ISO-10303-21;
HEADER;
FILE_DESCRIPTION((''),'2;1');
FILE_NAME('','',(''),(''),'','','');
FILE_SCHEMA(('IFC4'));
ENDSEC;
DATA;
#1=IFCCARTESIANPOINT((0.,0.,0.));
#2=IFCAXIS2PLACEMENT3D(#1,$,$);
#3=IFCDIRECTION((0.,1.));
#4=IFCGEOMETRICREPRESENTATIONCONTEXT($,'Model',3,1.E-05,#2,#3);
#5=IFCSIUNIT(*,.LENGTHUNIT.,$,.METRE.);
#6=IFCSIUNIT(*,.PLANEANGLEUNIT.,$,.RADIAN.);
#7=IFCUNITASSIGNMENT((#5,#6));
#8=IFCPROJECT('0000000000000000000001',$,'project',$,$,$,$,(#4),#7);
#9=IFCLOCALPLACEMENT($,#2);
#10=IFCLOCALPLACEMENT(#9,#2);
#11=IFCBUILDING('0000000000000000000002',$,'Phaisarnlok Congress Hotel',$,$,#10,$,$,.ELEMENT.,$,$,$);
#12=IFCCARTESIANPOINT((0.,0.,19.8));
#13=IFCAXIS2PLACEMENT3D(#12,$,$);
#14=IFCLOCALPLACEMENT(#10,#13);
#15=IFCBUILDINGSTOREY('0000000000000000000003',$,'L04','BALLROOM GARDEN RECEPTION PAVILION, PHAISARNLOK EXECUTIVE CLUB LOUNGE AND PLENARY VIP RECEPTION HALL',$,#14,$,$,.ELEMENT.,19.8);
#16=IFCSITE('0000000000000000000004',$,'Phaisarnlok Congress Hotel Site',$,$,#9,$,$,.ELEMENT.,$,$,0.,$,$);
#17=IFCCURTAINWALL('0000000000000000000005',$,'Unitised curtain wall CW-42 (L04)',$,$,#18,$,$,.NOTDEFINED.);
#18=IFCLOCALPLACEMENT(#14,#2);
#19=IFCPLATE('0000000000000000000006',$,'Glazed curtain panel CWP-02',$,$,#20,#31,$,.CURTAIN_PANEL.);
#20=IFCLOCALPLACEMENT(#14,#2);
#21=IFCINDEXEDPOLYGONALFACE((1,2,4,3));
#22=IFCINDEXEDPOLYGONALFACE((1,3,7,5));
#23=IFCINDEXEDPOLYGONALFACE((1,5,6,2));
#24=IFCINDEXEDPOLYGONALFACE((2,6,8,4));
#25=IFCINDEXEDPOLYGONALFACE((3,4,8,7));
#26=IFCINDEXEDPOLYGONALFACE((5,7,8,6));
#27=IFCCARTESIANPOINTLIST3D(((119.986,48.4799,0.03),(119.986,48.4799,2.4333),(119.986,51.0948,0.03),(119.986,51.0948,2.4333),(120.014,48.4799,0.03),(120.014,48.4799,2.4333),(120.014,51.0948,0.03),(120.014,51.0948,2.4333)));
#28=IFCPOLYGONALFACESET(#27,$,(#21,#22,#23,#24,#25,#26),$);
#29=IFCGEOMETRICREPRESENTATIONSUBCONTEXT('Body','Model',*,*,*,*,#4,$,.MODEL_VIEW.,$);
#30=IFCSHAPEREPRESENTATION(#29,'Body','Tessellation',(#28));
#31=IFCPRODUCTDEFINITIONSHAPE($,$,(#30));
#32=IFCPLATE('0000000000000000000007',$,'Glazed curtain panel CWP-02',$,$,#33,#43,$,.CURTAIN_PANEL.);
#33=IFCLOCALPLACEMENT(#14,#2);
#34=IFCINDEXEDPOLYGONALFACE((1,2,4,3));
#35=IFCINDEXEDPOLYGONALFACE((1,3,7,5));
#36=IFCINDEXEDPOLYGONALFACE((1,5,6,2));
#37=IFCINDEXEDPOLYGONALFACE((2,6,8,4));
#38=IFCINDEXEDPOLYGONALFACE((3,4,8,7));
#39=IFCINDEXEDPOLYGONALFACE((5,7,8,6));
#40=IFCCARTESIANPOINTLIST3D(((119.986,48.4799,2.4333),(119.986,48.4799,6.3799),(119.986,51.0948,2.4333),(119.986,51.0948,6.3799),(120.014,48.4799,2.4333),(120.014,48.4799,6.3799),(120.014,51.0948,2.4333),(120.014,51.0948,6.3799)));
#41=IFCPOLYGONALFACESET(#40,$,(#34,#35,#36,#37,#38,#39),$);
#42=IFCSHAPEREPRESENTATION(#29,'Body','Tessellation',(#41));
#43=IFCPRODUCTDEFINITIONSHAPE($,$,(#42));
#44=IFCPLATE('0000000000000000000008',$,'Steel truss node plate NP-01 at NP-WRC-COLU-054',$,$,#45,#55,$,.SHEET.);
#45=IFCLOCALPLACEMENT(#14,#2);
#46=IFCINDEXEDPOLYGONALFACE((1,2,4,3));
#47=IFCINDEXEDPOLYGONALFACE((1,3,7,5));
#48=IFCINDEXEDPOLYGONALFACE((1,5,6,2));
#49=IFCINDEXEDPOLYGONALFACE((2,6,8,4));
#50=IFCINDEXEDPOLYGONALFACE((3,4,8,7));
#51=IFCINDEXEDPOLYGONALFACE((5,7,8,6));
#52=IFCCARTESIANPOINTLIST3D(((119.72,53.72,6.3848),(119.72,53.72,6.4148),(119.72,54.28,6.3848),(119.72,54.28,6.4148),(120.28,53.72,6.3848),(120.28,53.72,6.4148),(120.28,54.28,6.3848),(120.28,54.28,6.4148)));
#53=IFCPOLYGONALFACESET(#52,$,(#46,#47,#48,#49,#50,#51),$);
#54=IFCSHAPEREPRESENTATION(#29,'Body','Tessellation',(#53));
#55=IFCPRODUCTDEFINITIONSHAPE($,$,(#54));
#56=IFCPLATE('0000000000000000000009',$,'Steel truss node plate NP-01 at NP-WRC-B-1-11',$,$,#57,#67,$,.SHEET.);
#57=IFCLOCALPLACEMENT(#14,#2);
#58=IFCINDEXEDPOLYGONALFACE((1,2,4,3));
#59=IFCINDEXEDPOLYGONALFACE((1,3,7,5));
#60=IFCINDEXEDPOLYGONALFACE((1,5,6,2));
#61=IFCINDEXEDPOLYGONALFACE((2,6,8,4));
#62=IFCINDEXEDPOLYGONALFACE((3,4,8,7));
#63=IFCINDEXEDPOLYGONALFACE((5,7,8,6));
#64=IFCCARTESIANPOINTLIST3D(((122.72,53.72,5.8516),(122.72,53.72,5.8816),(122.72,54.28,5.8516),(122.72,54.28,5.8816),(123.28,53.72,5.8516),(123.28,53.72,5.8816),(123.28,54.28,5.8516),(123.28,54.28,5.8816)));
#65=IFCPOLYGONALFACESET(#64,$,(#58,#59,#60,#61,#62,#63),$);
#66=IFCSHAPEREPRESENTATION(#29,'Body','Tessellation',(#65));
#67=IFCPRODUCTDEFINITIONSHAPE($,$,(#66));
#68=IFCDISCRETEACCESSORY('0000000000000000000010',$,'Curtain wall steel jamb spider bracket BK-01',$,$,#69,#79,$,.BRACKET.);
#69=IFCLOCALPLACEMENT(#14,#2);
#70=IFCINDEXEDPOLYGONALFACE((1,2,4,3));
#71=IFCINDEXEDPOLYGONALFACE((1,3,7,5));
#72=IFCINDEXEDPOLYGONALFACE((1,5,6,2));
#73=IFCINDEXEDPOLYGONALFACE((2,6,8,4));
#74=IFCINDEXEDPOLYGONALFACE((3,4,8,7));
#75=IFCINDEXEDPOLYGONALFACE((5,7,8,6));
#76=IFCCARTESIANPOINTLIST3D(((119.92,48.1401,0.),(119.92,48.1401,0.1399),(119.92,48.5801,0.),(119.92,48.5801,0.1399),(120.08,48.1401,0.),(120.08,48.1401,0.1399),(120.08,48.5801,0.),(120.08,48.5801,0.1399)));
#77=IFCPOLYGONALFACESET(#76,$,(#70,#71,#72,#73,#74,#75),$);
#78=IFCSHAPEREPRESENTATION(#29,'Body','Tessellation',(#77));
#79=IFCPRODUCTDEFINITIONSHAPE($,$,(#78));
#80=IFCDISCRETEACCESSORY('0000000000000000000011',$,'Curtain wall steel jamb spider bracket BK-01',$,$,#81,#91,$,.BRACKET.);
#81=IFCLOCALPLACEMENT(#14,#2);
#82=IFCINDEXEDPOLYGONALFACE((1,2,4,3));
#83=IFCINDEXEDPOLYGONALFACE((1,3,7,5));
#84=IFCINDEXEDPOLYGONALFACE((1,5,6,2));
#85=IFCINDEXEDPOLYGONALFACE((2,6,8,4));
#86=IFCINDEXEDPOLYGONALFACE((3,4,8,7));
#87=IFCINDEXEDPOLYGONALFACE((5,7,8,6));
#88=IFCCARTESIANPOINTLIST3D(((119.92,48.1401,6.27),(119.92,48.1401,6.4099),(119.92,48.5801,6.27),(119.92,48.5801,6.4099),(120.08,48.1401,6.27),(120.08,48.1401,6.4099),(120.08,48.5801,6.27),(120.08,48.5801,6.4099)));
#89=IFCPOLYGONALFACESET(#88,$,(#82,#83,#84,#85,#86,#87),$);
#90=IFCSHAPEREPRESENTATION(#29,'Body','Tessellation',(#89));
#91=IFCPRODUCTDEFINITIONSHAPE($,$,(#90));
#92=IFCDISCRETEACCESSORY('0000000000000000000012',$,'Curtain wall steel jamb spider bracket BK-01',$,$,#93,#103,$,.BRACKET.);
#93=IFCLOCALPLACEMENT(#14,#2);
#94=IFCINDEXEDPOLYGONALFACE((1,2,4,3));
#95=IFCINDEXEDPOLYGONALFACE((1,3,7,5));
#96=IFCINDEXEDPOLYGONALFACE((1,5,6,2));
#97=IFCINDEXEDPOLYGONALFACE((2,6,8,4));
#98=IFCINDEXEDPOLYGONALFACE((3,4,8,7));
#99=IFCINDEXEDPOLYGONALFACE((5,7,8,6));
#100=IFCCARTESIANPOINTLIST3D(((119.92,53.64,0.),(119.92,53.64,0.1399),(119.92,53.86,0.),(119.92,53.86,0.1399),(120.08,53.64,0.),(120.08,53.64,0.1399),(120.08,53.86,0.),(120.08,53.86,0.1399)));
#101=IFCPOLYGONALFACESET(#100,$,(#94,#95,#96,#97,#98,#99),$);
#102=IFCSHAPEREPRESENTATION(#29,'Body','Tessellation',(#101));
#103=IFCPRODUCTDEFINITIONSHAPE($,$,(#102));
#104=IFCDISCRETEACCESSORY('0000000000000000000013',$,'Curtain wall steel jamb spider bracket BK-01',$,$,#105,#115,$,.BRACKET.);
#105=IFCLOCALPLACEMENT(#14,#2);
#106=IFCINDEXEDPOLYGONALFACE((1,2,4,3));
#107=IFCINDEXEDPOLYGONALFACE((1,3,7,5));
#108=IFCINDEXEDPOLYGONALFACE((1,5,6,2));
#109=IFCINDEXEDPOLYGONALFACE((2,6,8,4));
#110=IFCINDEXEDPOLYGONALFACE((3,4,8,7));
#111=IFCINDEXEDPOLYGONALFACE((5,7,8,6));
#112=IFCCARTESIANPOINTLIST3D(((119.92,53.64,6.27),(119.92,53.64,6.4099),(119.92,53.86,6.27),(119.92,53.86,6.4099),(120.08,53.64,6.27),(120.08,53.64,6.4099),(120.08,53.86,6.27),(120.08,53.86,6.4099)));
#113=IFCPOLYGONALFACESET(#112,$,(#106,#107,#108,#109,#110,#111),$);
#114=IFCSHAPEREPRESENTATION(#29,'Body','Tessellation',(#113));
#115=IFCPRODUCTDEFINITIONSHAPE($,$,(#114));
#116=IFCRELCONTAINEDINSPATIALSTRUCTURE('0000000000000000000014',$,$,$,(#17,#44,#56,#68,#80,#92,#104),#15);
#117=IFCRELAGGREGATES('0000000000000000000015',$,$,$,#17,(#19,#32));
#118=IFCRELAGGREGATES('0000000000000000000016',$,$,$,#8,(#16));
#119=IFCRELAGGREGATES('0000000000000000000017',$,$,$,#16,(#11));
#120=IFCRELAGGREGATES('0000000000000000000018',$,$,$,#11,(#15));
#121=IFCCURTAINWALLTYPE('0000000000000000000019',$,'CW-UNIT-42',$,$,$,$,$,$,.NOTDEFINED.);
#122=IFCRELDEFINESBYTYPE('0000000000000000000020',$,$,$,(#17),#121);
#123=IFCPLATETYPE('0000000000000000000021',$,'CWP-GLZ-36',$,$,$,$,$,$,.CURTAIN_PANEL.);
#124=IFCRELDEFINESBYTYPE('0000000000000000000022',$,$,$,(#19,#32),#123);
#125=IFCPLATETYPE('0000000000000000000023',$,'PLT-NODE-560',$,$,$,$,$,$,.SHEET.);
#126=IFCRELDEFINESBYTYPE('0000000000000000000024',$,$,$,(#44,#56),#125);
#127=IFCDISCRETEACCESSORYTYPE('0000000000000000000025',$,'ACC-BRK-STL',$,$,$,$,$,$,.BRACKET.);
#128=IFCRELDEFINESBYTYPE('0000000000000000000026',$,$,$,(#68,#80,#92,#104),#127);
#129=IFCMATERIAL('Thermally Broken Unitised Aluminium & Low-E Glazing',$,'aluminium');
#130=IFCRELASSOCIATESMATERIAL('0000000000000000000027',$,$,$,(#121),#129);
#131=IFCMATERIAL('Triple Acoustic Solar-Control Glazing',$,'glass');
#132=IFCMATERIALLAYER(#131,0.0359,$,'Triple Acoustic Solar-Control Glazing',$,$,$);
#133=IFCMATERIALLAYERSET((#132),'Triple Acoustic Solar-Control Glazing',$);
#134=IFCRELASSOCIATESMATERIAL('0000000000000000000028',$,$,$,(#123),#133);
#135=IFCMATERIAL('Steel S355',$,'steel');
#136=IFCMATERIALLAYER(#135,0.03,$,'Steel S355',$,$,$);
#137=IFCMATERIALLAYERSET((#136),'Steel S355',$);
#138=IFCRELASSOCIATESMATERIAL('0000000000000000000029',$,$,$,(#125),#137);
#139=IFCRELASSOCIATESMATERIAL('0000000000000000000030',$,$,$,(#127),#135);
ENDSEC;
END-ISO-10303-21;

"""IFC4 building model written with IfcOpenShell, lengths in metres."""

from ifc_helpers import new_model, si_unit, direction, frame, frame_2d, origin, origin_2d, place, context, subcontext, project, spatial, rectangle, extrude, material, layer, layer_set, type_object, element, aggregate, save


model = new_model("IFC4")

# Units and contexts
model_context = context("Model", 3, precision=1e-05, world=origin(), true_north=direction((0.0, 1.0)))
body_context = subcontext(model_context, "Body", "Model", "MODEL_VIEW")
ifc_project = project(units=[si_unit("LENGTHUNIT", "METRE"), si_unit("PLANEANGLEUNIT", "RADIAN")], contexts=[model_context])

# Site, building, storey
site_placement = place(None, origin())
site = spatial("IfcSite", under=ifc_project, at=site_placement, Name="Phaisarnlok Congress Hotel Site", CompositionType="ELEMENT", RefElevation=0.0)
building_placement = place(site_placement, origin())
building = spatial("IfcBuilding", under=site, at=building_placement, Name="Phaisarnlok Congress Hotel", CompositionType="ELEMENT")
storey_placement = place(building_placement, frame((0.0, 0.0, 19.8)))
storey = spatial("IfcBuildingStorey", under=building, at=storey_placement, Name="L04", Description="BALLROOM GARDEN RECEPTION PAVILION, PHAISARNLOK EXECUTIVE CLUB LOUNGE AND PLENARY VIP RECEPTION HALL", CompositionType="ELEMENT", Elevation=19.8)

# Shared definitions
ifc_material_1 = material(Name="Steel S355", Category="steel")

# Curtain wall
ifc_material_2 = material(Name="Thermally Broken Unitised Aluminium & Low-E Glazing", Category="aluminium")
curtain_wall_type = type_object("IfcCurtainWallType", Name="CW-UNIT-42", PredefinedType="NOTDEFINED", material=ifc_material_2)
curtain_wall_placement = place(storey_placement, origin())
curtain_wall = element("IfcCurtainWall", 1, at=curtain_wall_placement, inside=storey, type_object=curtain_wall_type, Name="Unitised curtain wall CW-42 (L04)", PredefinedType="NOTDEFINED")

# Plates
ifc_material_3 = material(Name="Triple Acoustic Solar-Control Glazing", Category="glass")
ifc_layer_1 = layer(ifc_material_3, 0.0359, Name="Triple Acoustic Solar-Control Glazing")
ifc_layer_set_1 = layer_set([ifc_layer_1], Name="Triple Acoustic Solar-Control Glazing")
plate_type_1 = type_object("IfcPlateType", Name="CWP-GLZ-36", PredefinedType="CURTAIN_PANEL", material=ifc_layer_set_1)
plate_1_placement = place(storey_placement, frame((120.0, 51.095, 0.03), z_axis=(0.0, 0.0, 1.0), x_axis=(0.0, -1.0, 0.0)))
plate_1 = element("IfcPlate", 2, at=plate_1_placement, type_object=plate_type_1, Name="Glazed curtain panel CWP-02", PredefinedType="CURTAIN_PANEL", context=body_context, shape_type="SweptSolid", body=[
    extrude(rectangle(XDim=2.615, YDim=0.0281, at=frame_2d((1.3076, 0.0))), origin(), (0.0, 0.0, 1.0), 2.4033),
])
plate_2_placement = place(storey_placement, frame((120.0, 51.095, 2.4333), z_axis=(0.0, 0.0, 1.0), x_axis=(0.0, -1.0, 0.0)))
plate_2 = element("IfcPlate", 3, at=plate_2_placement, type_object=plate_type_1, Name="Glazed curtain panel CWP-02", PredefinedType="CURTAIN_PANEL", context=body_context, shape_type="SweptSolid", body=[
    extrude(rectangle(XDim=2.615, YDim=0.0281, at=frame_2d((1.3076, 0.0))), origin(), (0.0, 0.0, 1.0), 3.9465),
])
aggregate(curtain_wall, [plate_1, plate_2])

# Plates
ifc_layer_2 = layer(ifc_material_1, 0.03, Name="Steel S355")
ifc_layer_set_2 = layer_set([ifc_layer_2], Name="Steel S355")
plate_type_2 = type_object("IfcPlateType", Name="PLT-NODE-560", PredefinedType="SHEET", material=ifc_layer_set_2)
for number, where, z_axis, x_axis, name in (
    (4, (120.0, 54.0, 6.3848), (0.0, 0.0, 1.0), (1.0, 0.0, 0.0), "Steel truss node plate NP-01 at NP-WRC-COLU-054"),
    (5, (123.0, 54.0, 5.8516), (0.0, 0.0, 1.0), (1.0, 0.0, 0.0), "Steel truss node plate NP-01 at NP-WRC-B-1-11"),
):
    element("IfcPlate", number, at=place(storey_placement, frame(where, z_axis=z_axis, x_axis=x_axis)), inside=storey, type_object=plate_type_2, Name=name, PredefinedType="SHEET", context=body_context, shape_type="SweptSolid", body=[
        extrude(rectangle(XDim=0.5601, YDim=0.5601, at=origin_2d()), origin(), (0.0, 0.0, 1.0), 0.03),
    ])

# Discrete accessories
discrete_accessory_type = type_object("IfcDiscreteAccessoryType", Name="ACC-BRK-STL", PredefinedType="BRACKET", material=ifc_material_1)
for number, where, z_axis, x_axis, name in (
    (6, (120.0, 48.3601, 0.0), (0.0, 0.0, 1.0), (1.0, 0.0, 0.0), "Curtain wall steel jamb spider bracket BK-01"),
    (7, (120.0, 48.3601, 6.27), (0.0, 0.0, 1.0), (1.0, 0.0, 0.0), "Curtain wall steel jamb spider bracket BK-01"),
):
    element("IfcDiscreteAccessory", number, at=place(storey_placement, frame(where, z_axis=z_axis, x_axis=x_axis)), inside=storey, type_object=discrete_accessory_type, Name=name, PredefinedType="BRACKET", context=body_context, shape_type="SweptSolid", body=[
        extrude(rectangle(XDim=0.1599, YDim=0.4399, at=origin_2d()), origin(), (0.0, 0.0, 1.0), 0.1399),
    ])
for number, where, z_axis, x_axis, name in (
    (8, (120.0, 53.75, 0.0), (0.0, 0.0, 1.0), (1.0, 0.0, 0.0), "Curtain wall steel jamb spider bracket BK-01"),
    (9, (120.0, 53.75, 6.27), (0.0, 0.0, 1.0), (1.0, 0.0, 0.0), "Curtain wall steel jamb spider bracket BK-01"),
):
    element("IfcDiscreteAccessory", number, at=place(storey_placement, frame(where, z_axis=z_axis, x_axis=x_axis)), inside=storey, type_object=discrete_accessory_type, Name=name, PredefinedType="BRACKET", context=body_context, shape_type="SweptSolid", body=[
        extrude(rectangle(XDim=0.1599, YDim=0.22, at=origin_2d()), origin(), (0.0, 0.0, 1.0), 0.1399),
    ])

save(model, "model.ifc")
